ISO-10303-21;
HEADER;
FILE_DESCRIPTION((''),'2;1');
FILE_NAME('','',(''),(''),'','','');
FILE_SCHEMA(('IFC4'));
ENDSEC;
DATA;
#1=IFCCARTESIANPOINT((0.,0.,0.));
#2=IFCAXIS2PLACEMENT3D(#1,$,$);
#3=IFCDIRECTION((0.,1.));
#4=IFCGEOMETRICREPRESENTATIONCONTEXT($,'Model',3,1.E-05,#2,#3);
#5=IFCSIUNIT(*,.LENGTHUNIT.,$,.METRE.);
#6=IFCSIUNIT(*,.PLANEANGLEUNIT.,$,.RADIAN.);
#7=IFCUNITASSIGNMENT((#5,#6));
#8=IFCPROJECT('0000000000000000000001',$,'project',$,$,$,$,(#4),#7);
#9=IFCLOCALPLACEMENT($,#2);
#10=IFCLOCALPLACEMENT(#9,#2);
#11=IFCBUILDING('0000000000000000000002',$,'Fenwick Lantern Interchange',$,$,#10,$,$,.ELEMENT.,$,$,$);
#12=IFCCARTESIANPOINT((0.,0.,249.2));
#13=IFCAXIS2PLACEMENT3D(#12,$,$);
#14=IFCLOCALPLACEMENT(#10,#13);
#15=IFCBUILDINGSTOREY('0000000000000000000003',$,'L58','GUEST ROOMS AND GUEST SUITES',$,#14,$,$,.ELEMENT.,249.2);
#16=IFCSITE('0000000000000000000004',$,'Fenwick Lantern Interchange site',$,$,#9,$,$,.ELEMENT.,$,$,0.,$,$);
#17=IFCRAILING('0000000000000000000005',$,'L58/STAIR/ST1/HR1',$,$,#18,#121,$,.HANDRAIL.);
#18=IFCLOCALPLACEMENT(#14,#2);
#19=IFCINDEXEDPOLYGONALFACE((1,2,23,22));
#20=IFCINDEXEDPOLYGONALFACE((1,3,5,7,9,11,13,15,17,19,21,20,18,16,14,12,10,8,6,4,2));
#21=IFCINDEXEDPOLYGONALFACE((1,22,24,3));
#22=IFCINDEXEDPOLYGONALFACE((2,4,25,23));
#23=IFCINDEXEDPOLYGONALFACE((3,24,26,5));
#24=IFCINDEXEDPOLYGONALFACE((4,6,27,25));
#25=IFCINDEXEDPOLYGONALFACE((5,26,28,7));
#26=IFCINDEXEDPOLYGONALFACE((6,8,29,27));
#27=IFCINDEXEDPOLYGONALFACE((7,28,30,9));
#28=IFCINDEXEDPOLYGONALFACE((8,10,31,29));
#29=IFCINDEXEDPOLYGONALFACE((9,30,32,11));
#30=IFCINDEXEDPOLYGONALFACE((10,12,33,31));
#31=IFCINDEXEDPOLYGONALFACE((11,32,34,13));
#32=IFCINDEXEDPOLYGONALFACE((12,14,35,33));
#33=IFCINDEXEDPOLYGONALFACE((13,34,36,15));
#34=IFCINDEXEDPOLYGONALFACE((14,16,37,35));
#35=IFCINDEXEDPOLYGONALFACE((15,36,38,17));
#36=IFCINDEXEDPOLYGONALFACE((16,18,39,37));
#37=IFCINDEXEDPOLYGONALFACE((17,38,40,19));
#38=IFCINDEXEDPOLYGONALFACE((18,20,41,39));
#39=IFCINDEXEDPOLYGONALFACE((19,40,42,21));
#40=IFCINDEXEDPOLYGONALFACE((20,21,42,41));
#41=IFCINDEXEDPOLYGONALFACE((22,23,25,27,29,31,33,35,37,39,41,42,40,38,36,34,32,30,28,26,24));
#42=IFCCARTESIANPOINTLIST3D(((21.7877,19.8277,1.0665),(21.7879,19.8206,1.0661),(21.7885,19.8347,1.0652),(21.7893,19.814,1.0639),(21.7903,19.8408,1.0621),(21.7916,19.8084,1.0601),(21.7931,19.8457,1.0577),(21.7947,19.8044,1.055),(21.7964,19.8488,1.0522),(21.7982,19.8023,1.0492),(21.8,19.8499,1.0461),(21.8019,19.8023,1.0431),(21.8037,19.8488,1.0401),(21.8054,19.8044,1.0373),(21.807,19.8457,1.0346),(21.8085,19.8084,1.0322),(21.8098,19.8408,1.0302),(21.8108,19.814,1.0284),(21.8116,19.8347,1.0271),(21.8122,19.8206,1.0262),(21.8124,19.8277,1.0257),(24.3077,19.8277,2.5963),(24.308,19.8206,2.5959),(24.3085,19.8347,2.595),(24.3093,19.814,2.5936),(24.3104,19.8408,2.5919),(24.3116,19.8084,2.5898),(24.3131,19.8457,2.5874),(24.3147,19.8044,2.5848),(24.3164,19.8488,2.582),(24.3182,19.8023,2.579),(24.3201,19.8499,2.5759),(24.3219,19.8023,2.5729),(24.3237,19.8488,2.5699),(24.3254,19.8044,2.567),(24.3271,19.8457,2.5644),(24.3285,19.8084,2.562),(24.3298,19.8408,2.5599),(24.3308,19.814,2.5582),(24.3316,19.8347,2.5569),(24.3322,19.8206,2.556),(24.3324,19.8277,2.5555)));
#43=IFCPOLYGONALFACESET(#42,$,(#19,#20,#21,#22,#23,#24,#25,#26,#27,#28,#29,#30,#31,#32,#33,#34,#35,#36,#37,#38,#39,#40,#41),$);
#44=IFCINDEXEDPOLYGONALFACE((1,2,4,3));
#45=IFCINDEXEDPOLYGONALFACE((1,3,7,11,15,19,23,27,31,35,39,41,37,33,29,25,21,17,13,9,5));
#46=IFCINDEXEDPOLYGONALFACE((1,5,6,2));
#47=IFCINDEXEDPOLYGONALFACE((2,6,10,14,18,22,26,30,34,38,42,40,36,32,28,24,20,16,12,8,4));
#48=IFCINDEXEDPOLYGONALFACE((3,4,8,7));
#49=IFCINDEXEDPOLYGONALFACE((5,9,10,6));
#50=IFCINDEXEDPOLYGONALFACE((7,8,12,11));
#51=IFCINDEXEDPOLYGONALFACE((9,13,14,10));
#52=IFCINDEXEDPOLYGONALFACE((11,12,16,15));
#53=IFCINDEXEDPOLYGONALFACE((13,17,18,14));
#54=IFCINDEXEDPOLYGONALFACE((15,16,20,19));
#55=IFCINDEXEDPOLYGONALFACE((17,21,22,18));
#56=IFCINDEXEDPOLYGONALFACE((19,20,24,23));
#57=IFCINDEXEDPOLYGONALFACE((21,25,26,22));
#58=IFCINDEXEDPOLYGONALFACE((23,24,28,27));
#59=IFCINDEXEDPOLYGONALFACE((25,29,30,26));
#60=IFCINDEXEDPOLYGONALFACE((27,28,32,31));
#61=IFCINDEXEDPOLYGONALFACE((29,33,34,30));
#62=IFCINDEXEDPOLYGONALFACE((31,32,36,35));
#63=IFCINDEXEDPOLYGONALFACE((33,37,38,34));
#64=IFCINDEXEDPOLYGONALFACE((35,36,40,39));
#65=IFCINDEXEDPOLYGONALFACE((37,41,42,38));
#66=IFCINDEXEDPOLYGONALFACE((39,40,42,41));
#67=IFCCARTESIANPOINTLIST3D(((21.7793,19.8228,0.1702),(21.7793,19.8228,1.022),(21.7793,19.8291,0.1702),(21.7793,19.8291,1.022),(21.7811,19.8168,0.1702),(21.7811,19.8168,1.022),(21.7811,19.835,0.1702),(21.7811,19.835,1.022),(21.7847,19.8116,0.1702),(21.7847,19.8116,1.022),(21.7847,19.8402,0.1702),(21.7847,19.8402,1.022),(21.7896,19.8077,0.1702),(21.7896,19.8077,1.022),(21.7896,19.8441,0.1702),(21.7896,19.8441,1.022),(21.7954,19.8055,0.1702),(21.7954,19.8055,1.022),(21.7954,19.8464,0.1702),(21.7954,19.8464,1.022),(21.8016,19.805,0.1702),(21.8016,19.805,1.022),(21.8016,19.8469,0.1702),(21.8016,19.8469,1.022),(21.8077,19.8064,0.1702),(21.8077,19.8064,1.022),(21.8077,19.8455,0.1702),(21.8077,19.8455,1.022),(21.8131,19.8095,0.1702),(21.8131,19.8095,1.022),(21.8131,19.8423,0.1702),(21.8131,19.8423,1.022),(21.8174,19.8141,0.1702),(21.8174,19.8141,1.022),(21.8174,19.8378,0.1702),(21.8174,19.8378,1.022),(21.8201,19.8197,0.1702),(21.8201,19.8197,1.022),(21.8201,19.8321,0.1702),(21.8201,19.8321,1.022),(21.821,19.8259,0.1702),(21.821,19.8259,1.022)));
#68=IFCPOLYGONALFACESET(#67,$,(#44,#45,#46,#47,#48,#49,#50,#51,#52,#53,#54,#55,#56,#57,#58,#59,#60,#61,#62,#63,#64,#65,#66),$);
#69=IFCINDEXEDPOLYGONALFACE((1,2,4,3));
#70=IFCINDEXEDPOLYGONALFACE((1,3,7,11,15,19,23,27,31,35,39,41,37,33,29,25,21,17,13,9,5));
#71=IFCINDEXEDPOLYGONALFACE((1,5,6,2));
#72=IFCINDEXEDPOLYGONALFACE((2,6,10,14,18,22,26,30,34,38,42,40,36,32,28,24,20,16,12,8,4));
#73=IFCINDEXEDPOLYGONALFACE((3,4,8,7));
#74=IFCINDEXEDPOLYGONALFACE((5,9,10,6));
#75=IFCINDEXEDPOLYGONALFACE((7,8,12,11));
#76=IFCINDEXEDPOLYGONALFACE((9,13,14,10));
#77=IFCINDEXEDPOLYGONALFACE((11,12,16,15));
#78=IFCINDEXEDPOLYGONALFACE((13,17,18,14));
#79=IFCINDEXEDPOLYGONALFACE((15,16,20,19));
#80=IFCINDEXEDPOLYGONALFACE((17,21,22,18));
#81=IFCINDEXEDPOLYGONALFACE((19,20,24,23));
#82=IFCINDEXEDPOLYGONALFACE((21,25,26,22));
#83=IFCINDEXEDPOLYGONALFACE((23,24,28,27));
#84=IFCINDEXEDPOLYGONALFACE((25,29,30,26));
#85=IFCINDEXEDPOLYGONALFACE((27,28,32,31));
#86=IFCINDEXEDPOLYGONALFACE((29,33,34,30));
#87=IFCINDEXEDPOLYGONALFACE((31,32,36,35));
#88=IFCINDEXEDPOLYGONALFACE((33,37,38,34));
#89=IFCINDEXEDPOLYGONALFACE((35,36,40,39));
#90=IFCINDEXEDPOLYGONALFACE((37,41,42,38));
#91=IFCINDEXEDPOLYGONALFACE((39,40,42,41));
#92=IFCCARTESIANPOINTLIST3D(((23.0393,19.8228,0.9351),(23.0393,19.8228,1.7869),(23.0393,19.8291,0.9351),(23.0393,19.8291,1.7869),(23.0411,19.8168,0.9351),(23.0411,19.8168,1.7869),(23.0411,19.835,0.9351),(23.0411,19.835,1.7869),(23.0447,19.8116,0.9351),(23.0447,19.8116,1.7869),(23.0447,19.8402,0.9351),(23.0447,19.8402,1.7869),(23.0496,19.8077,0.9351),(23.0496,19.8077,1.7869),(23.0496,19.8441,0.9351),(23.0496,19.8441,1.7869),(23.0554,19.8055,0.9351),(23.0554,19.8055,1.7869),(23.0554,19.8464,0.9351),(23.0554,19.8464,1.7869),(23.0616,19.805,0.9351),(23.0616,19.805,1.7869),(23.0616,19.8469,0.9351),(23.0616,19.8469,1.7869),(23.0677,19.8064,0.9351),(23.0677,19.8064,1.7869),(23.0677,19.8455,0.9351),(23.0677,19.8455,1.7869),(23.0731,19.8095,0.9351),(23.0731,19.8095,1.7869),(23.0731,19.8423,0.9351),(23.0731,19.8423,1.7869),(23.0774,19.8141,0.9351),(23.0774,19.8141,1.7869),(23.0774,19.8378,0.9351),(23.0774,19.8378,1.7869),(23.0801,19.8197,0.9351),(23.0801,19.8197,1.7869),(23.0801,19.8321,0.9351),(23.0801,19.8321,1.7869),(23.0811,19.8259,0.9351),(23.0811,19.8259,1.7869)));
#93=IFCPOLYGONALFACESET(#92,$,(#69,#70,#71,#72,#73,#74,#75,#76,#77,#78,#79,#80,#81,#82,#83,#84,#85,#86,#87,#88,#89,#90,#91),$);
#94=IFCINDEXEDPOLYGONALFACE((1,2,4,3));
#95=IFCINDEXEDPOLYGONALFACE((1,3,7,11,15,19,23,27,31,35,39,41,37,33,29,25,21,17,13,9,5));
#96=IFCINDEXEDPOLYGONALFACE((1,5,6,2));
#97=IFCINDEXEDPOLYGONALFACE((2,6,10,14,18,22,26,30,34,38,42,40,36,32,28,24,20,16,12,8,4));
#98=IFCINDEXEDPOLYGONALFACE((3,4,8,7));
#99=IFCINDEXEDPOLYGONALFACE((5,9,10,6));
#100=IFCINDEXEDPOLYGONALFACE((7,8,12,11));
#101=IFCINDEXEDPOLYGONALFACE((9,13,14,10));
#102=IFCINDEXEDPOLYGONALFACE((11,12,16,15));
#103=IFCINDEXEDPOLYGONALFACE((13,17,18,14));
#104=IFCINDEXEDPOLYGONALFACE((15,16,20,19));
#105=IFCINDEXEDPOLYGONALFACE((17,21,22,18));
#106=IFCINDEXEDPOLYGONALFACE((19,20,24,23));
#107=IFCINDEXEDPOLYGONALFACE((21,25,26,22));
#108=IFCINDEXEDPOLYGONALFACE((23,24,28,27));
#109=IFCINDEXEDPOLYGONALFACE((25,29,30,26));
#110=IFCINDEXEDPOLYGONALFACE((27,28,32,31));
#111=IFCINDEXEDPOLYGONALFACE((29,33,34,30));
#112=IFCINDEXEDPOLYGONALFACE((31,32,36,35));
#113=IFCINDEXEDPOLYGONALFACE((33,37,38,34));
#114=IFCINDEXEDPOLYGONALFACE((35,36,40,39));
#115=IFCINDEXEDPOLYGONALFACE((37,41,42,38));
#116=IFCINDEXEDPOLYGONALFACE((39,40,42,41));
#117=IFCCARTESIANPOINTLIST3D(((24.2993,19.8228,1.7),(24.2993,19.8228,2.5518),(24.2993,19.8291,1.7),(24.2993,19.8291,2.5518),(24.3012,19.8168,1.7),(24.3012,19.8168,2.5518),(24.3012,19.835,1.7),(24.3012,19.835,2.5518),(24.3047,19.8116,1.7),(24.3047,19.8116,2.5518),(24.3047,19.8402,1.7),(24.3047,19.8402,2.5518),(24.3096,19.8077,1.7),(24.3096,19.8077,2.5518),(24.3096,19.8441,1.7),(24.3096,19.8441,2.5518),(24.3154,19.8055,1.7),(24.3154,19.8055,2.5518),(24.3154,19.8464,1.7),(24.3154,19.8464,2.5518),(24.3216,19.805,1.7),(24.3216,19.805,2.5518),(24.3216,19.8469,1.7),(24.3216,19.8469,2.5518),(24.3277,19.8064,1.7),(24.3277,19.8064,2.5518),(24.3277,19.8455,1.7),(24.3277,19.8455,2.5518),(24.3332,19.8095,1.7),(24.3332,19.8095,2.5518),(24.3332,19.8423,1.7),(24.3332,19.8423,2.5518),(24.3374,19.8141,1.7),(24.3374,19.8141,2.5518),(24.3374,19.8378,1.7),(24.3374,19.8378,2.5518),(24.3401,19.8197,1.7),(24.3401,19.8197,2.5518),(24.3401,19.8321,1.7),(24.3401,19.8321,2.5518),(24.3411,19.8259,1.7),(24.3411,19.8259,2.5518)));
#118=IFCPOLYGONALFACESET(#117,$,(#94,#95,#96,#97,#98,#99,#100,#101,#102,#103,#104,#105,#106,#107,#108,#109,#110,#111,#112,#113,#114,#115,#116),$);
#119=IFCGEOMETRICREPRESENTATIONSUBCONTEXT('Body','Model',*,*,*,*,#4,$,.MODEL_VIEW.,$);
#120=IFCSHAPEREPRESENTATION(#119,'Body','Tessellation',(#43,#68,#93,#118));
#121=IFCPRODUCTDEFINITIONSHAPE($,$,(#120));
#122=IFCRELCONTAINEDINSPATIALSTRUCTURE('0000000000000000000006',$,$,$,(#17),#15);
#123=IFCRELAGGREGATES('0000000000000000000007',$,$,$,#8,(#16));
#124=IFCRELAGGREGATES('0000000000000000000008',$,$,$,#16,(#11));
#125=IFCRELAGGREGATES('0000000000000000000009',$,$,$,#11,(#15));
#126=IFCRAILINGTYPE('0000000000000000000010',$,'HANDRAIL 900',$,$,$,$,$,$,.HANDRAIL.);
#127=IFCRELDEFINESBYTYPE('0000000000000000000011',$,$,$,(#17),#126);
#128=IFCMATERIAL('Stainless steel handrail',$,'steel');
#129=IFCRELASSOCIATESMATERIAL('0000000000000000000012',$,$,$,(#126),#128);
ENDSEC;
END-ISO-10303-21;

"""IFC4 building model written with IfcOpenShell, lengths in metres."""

from ifc_helpers import new_model, si_unit, direction, frame, origin, origin_2d, place, context, subcontext, project, spatial, circle, extrude, material, type_object, element, save


model = new_model("IFC4")

# Units and contexts
model_context = context("Model", 3, precision=1e-05, world=origin(), true_north=direction((0.0, 1.0)))
body_context = subcontext(model_context, "Body", "Model", "MODEL_VIEW")
ifc_project = project(units=[si_unit("LENGTHUNIT", "METRE"), si_unit("PLANEANGLEUNIT", "RADIAN")], contexts=[model_context])

# Site, building, storey
site_placement = place(None, origin())
site = spatial("IfcSite", under=ifc_project, at=site_placement, Name="Fenwick Lantern Interchange site", CompositionType="ELEMENT", RefElevation=0.0)
building_placement = place(site_placement, origin())
building = spatial("IfcBuilding", under=site, at=building_placement, Name="Fenwick Lantern Interchange", CompositionType="ELEMENT")
storey_placement = place(building_placement, frame((0.0, 0.0, 249.2)))
storey = spatial("IfcBuildingStorey", under=building, at=storey_placement, Name="L58", Description="GUEST ROOMS AND GUEST SUITES", CompositionType="ELEMENT", Elevation=249.2)

# Railing
ifc_material_1 = material(Name="Stainless steel handrail", Category="steel")
railing_type = type_object("IfcRailingType", Name="HANDRAIL 900", PredefinedType="HANDRAIL", material=ifc_material_1)
railing_placement = place(storey_placement, frame((21.8, 19.8259, 0.1702)))
element("IfcRailing", 1, at=railing_placement, inside=storey, type_object=railing_type, Name="L58/STAIR/ST1/HR1", PredefinedType="HANDRAIL", context=body_context, shape_type="SweptSolid", body=[
    extrude(circle(Radius=0.0239, at=origin_2d()), frame((0.0, 0.0, 0.876), z_axis=(0.854822, 0.0, 0.518922), x_axis=(0.0, 1.0, 0.0)), (0.0, 0.0, 1.0), 2.948),
    extrude(circle(Radius=0.021, at=origin_2d()), origin(), (0.0, 0.0, 1.0), 0.8518),
    extrude(circle(Radius=0.021, at=origin_2d()), frame((1.26, 0.0, 0.7649)), (0.0, 0.0, 1.0), 0.8518),
    extrude(circle(Radius=0.021, at=origin_2d()), frame((2.52, 0.0, 1.5298)), (0.0, 0.0, 1.0), 0.8518),
])

save(model, "model.ifc")
